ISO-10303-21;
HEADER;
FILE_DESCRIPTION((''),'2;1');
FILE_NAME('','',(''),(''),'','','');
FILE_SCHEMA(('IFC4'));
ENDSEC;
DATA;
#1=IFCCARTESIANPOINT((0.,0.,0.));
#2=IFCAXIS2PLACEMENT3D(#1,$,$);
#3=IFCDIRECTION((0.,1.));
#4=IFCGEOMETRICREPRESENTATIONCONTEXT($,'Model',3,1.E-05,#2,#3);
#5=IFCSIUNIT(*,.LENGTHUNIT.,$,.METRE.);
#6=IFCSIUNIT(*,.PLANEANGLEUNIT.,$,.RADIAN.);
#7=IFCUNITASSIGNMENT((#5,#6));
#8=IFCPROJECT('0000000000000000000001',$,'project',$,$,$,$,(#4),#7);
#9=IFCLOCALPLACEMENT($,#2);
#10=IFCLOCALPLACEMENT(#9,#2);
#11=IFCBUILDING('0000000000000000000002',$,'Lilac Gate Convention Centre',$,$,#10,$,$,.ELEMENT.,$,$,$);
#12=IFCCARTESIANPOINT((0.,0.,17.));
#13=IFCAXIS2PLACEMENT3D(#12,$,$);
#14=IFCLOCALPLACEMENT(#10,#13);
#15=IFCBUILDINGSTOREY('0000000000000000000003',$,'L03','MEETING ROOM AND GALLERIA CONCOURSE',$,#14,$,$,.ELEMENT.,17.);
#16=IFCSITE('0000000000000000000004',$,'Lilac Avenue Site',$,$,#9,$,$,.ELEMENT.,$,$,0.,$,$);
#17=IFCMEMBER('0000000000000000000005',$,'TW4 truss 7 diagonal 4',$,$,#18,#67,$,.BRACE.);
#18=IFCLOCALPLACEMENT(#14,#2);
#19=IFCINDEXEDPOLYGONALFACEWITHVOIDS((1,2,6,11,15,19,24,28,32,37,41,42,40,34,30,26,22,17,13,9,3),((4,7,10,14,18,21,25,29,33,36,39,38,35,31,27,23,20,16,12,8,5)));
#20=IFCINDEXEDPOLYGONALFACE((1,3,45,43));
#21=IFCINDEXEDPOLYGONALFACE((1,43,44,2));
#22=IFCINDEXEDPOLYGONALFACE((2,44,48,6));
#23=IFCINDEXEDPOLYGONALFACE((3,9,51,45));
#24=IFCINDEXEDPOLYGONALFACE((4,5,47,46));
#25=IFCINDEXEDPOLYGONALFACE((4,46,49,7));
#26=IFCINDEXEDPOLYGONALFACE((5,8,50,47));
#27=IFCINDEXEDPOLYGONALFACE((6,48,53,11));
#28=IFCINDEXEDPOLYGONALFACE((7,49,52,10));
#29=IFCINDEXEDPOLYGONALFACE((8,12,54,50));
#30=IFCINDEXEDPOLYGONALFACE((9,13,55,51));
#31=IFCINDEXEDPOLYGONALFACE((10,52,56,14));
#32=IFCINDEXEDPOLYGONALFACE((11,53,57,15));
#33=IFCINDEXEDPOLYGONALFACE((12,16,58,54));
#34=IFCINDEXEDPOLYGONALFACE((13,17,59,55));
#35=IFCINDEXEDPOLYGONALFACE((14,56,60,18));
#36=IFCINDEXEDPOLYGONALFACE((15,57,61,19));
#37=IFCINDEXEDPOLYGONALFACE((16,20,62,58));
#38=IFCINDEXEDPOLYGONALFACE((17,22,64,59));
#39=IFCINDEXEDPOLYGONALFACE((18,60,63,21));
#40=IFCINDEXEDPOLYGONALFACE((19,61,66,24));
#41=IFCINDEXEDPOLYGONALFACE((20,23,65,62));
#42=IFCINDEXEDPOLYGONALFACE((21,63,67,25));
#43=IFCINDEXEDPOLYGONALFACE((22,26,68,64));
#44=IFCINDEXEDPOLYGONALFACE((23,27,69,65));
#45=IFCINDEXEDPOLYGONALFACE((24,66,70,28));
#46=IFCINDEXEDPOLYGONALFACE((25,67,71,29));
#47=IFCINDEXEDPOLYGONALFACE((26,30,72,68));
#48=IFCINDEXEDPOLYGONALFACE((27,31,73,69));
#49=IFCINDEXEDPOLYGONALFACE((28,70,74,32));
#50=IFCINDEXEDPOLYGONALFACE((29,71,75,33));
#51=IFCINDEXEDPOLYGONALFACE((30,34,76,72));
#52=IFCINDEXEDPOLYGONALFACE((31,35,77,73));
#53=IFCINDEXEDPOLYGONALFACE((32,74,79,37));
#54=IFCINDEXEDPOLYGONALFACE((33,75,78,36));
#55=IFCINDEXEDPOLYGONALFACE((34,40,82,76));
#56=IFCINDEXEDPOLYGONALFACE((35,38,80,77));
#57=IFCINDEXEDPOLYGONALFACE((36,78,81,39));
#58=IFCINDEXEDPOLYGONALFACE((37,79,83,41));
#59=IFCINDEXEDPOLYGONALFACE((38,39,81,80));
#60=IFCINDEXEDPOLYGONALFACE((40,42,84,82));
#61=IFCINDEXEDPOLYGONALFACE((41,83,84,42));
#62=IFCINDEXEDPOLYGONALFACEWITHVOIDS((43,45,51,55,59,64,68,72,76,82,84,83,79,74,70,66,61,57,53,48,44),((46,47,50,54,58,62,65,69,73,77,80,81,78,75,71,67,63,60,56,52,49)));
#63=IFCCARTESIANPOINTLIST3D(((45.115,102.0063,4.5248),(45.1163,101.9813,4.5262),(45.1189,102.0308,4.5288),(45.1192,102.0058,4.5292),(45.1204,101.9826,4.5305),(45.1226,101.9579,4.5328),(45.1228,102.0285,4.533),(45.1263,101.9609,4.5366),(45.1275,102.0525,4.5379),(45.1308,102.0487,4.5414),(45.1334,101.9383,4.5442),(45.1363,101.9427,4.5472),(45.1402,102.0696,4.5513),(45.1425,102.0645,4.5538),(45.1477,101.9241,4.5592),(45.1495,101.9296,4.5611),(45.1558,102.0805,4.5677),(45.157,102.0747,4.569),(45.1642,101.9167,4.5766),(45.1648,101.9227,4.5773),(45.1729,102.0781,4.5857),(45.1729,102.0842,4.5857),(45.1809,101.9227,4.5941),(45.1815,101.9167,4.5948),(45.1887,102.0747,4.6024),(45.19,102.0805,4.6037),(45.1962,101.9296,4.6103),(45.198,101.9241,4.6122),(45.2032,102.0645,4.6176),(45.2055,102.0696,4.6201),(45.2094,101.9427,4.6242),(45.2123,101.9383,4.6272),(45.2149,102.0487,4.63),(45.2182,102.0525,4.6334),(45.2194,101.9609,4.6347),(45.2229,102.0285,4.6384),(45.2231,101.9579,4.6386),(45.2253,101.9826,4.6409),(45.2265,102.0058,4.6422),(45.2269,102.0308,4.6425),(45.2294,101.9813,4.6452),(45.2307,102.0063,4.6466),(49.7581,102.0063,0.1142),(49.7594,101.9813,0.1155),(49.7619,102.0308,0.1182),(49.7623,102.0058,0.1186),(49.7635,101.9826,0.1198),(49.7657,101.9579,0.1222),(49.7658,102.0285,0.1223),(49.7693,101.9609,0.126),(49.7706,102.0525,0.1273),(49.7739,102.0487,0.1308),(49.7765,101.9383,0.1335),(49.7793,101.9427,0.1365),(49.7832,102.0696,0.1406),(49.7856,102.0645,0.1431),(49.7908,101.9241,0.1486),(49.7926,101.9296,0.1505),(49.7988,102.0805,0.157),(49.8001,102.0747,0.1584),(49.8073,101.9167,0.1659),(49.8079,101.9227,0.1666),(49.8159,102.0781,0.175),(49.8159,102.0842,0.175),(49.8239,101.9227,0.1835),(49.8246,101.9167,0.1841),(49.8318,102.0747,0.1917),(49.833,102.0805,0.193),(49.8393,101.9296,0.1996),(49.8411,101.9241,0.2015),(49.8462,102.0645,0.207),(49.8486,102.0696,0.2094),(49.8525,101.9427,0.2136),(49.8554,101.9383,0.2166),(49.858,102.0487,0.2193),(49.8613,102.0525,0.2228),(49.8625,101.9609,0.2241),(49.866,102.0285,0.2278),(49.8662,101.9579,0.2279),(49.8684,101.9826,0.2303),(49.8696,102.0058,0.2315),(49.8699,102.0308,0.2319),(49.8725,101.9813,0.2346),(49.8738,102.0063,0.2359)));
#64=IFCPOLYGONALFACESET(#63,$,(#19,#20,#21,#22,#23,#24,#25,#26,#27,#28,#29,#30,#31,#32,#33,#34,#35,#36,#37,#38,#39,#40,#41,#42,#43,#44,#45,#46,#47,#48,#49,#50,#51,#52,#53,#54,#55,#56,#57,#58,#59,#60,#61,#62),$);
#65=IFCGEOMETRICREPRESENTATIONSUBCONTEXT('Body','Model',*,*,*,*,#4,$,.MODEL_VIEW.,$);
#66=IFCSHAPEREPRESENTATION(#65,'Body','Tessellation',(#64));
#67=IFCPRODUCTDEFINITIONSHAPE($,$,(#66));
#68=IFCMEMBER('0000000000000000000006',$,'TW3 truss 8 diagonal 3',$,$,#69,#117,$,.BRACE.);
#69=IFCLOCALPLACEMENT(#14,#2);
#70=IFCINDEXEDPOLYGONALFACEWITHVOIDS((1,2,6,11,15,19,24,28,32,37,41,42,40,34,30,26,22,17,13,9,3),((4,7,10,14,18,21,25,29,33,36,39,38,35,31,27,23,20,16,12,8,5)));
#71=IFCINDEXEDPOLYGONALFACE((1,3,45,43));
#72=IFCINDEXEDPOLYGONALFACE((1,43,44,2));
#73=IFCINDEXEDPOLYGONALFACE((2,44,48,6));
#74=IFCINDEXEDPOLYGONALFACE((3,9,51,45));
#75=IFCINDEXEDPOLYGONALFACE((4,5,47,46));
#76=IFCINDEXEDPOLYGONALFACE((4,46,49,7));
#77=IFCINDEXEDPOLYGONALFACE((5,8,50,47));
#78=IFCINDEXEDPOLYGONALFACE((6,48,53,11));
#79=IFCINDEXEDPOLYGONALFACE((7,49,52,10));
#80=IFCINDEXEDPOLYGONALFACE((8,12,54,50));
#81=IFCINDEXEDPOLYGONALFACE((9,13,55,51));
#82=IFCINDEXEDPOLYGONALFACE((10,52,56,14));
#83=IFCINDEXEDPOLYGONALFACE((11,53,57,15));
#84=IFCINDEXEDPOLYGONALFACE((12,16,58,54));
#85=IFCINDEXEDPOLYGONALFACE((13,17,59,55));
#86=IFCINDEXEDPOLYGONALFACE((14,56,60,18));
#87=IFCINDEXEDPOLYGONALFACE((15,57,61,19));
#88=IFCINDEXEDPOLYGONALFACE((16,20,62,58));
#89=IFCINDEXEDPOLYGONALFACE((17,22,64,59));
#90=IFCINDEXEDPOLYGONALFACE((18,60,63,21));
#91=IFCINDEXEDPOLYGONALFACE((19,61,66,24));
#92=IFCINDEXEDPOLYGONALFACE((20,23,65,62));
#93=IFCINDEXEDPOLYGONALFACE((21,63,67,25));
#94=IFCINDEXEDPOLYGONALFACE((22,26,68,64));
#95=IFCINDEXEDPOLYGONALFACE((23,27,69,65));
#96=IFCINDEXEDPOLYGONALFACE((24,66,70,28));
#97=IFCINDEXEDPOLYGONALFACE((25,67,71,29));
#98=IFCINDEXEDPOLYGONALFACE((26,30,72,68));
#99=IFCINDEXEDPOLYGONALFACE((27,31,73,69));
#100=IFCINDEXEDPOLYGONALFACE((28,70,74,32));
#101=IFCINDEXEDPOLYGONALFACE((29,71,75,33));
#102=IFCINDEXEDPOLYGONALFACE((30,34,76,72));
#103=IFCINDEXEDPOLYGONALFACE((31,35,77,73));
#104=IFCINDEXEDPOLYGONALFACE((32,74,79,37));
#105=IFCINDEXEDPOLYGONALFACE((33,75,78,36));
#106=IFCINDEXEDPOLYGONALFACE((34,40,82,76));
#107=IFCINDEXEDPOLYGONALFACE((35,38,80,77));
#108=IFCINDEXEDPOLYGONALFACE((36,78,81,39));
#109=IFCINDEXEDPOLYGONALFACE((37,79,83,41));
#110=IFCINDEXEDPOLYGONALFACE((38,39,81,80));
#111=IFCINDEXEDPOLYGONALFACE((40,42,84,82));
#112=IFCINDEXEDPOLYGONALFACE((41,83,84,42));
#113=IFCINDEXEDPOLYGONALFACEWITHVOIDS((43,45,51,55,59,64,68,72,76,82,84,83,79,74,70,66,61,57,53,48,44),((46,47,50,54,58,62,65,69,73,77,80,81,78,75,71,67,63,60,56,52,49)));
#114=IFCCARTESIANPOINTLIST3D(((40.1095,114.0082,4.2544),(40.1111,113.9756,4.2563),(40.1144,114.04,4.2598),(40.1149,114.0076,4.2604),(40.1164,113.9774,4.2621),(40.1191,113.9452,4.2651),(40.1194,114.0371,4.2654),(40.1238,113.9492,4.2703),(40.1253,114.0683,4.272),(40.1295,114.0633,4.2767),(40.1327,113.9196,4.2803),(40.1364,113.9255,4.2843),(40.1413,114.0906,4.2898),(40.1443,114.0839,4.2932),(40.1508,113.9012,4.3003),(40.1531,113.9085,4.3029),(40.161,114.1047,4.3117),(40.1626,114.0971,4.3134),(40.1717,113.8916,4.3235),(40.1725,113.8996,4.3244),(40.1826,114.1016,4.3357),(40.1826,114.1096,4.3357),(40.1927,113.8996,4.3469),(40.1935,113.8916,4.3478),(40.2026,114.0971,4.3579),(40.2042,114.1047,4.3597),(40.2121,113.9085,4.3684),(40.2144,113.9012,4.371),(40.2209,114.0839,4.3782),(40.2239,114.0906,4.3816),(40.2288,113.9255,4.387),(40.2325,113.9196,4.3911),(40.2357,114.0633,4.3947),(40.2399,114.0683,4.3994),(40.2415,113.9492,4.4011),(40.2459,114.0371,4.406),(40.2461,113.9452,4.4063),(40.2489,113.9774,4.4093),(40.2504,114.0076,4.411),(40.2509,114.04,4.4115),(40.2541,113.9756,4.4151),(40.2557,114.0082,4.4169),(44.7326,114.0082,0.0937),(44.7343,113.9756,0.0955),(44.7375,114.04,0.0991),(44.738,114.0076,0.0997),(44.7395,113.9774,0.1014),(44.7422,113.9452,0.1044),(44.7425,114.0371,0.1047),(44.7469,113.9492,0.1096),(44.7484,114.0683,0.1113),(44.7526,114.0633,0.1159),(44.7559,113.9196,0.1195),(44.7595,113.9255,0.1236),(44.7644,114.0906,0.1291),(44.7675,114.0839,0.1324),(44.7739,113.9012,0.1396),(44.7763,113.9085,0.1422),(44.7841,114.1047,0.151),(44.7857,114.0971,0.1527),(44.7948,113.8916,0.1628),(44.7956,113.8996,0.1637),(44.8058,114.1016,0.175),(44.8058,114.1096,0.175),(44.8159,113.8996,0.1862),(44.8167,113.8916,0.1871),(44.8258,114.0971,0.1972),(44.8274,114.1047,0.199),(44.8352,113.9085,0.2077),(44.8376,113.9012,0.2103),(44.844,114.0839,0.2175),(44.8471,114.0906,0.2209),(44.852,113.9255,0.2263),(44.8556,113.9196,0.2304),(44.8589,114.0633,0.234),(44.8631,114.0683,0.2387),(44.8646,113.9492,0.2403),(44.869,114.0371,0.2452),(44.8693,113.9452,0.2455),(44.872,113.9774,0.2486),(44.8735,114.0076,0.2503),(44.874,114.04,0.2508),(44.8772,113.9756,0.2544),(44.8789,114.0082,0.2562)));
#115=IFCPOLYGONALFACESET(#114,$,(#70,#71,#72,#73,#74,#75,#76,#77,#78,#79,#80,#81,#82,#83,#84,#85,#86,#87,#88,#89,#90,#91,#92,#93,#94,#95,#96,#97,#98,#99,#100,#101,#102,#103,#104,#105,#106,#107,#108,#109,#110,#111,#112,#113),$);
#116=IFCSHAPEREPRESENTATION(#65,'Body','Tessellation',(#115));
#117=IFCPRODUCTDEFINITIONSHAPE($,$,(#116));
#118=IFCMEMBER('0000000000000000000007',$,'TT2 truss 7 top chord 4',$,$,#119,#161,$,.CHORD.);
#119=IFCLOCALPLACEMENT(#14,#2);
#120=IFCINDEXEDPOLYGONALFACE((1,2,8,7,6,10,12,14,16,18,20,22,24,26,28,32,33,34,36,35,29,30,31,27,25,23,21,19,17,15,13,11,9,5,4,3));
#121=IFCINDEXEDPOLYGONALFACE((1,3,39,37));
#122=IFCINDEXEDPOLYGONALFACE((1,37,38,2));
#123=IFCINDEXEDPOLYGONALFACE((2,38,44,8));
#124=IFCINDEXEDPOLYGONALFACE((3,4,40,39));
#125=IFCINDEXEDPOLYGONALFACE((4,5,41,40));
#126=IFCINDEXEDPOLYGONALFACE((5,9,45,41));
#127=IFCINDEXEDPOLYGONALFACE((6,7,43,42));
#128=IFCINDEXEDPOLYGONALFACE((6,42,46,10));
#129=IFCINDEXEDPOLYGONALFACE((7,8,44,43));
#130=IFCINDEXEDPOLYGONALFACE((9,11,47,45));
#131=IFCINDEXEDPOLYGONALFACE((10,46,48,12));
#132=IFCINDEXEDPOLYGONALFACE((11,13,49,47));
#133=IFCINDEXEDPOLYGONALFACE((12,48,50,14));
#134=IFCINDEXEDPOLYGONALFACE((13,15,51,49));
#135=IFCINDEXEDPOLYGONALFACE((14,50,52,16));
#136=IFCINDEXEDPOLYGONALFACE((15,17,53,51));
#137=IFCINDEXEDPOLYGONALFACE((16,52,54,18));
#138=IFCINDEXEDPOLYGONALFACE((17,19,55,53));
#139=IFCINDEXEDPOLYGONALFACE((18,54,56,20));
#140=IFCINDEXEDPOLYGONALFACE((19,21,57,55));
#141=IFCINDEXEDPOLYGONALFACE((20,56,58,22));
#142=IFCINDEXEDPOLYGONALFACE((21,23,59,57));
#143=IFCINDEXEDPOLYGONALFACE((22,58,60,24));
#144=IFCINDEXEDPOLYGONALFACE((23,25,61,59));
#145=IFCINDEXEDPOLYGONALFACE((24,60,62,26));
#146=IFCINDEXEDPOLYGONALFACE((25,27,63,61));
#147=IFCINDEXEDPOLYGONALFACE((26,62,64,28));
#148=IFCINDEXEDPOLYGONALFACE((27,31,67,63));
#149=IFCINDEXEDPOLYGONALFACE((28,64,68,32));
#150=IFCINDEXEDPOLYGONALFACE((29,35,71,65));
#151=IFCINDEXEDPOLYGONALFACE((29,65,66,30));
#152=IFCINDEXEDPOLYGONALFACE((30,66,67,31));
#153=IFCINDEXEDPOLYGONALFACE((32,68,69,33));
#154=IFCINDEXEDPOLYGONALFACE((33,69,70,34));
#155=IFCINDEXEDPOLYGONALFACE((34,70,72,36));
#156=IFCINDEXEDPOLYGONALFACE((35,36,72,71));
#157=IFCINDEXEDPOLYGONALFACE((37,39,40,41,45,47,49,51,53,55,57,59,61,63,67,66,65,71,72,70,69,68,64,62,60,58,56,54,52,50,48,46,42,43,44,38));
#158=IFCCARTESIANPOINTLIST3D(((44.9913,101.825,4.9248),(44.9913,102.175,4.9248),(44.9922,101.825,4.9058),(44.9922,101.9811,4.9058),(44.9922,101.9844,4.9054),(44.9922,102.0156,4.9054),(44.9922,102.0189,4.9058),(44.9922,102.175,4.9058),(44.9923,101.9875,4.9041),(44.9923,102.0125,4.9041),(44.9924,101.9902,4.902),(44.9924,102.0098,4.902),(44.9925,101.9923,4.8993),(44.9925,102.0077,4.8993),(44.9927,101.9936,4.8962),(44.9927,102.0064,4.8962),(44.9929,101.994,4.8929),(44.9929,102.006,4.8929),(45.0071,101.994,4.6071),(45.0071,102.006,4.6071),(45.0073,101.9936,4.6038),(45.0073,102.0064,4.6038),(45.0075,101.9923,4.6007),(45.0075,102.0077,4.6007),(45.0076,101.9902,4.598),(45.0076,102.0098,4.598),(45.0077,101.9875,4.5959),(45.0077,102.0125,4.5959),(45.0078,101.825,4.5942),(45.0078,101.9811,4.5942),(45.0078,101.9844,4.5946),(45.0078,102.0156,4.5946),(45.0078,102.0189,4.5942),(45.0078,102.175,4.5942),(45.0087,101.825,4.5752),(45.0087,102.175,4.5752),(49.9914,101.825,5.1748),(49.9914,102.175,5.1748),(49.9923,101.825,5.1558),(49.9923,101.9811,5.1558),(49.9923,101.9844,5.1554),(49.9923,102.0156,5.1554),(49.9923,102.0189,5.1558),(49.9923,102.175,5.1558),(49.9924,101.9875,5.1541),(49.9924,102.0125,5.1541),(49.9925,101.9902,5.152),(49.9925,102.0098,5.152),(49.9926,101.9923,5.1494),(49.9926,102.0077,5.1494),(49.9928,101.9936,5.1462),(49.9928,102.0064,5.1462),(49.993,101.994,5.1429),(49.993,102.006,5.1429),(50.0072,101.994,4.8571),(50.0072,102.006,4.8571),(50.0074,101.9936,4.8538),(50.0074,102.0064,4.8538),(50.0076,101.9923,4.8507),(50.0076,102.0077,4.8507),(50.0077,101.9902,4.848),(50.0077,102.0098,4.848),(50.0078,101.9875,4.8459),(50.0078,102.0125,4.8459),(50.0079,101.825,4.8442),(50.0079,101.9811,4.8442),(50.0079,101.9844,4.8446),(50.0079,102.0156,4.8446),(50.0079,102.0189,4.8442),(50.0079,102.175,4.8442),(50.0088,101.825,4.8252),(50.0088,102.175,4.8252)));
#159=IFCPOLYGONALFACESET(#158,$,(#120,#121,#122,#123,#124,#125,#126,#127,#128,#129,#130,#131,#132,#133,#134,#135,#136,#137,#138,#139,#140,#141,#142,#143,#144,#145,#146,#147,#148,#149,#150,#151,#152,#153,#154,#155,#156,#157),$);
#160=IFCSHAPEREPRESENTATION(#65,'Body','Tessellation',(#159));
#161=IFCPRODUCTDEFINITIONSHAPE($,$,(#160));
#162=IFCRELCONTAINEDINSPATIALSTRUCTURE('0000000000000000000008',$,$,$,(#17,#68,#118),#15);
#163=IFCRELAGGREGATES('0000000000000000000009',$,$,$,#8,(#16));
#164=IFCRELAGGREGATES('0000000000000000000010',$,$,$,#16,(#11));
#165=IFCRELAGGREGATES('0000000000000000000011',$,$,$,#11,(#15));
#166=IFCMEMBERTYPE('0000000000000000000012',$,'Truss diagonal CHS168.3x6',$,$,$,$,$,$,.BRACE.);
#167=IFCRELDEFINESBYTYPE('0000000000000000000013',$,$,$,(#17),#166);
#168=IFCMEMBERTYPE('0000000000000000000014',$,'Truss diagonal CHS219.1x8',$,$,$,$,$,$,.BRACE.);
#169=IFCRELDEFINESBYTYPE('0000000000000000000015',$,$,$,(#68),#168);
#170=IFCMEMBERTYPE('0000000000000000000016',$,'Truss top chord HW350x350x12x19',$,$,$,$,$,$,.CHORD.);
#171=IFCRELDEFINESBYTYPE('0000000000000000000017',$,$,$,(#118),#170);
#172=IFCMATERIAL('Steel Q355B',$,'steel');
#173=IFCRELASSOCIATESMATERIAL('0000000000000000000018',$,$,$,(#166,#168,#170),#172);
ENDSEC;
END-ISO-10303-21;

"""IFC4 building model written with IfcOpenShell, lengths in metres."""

from ifc_helpers import new_model, si_unit, direction, frame, origin, origin_2d, place, context, subcontext, project, spatial, hollow_circle, i_section, extrude, material, material_profile, profile_set, type_object, element, save


model = new_model("IFC4")

# Units and contexts
model_context = context("Model", 3, precision=1e-05, world=origin(), true_north=direction((0.0, 1.0)))
body_context = subcontext(model_context, "Body", "Model", "MODEL_VIEW")
ifc_project = project(units=[si_unit("LENGTHUNIT", "METRE"), si_unit("PLANEANGLEUNIT", "RADIAN")], contexts=[model_context])

# Site, building, storey
site_placement = place(None, origin())
site = spatial("IfcSite", under=ifc_project, at=site_placement, Name="Lilac Avenue Site", CompositionType="ELEMENT", RefElevation=0.0)
building_placement = place(site_placement, origin())
building = spatial("IfcBuilding", under=site, at=building_placement, Name="Lilac Gate Convention Centre", CompositionType="ELEMENT")
storey_placement = place(building_placement, frame((0.0, 0.0, 17.0)))
storey = spatial("IfcBuildingStorey", under=building, at=storey_placement, Name="L03", Description="MEETING ROOM AND GALLERIA CONCOURSE", CompositionType="ELEMENT", Elevation=17.0)

# Members
ifc_material = material(Name="Steel Q355B", Category="steel")
ifc_material_profile_1 = material_profile(ifc_material, hollow_circle(Radius=0.0842, WallThickness=0.0061, at=origin_2d()), Name="CHS168.3x6")
ifc_profile_set_1 = profile_set([ifc_material_profile_1], Name="Steel Q355B")
member_type_1 = type_object("IfcMemberType", Name="Truss diagonal CHS168.3x6", PredefinedType="BRACE", material=ifc_profile_set_1)
member_1_placement = place(storey_placement, frame((45.1729, 102.0, 4.5857), z_axis=(0.72502, 0.0, -0.688727), x_axis=(0.0, 1.0, 0.0)))
element("IfcMember", 1, at=member_1_placement, inside=storey, type_object=member_type_1, Name="TW4 truss 7 diagonal 4", PredefinedType="BRACE", context=body_context, shape_type="SweptSolid", body=[
    extrude(hollow_circle(Radius=0.0842, WallThickness=0.0061, at=origin_2d()), origin(), (0.0, 0.0, 1.0), 6.4041),
])
ifc_material_profile_2 = material_profile(ifc_material, hollow_circle(Radius=0.1096, WallThickness=0.0081, at=origin_2d()), Name="CHS219.1x8")
ifc_profile_set_2 = profile_set([ifc_material_profile_2], Name="Steel Q355B")
member_type_2 = type_object("IfcMemberType", Name="Truss diagonal CHS219.1x8", PredefinedType="BRACE", material=ifc_profile_set_2)
member_2_placement = place(storey_placement, frame((40.1826, 114.0, 4.3357), z_axis=(0.743302, 0.0, -0.668956), x_axis=(0.0, 1.0, 0.0)))
element("IfcMember", 2, at=member_2_placement, inside=storey, type_object=member_type_2, Name="TW3 truss 8 diagonal 3", PredefinedType="BRACE", context=body_context, shape_type="SweptSolid", body=[
    extrude(hollow_circle(Radius=0.1096, WallThickness=0.0081, at=origin_2d()), origin(), (0.0, 0.0, 1.0), 6.2197),
])
ifc_material_profile_3 = material_profile(ifc_material, i_section(OverallWidth=0.3501, OverallDepth=0.3501, WebThickness=0.012, FlangeThickness=0.019, FilletRadius=0.0129, at=origin_2d()), Name="HW350x350x12x19")
ifc_profile_set_3 = profile_set([ifc_material_profile_3], Name="Steel Q355B")
member_type_3 = type_object("IfcMemberType", Name="Truss top chord HW350x350x12x19", PredefinedType="CHORD", material=ifc_profile_set_3)
for number, where, z_axis, x_axis, name in (
    (3, (45.0, 102.0, 4.75), (0.998752, 0.0, 0.049938), (0.0, 1.0, 0.0), "TT2 truss 7 top chord 4"),
):
    element("IfcMember", number, at=place(storey_placement, frame(where, z_axis=z_axis, x_axis=x_axis)), inside=storey, type_object=member_type_3, Name=name, PredefinedType="CHORD", context=body_context, shape_type="SweptSolid", body=[
        extrude(i_section(OverallWidth=0.3501, OverallDepth=0.3501, WebThickness=0.012, FlangeThickness=0.019, FilletRadius=0.0129, at=origin_2d()), origin(), (0.0, 0.0, 1.0), 5.0063),
    ])

save(model, "model.ifc")
